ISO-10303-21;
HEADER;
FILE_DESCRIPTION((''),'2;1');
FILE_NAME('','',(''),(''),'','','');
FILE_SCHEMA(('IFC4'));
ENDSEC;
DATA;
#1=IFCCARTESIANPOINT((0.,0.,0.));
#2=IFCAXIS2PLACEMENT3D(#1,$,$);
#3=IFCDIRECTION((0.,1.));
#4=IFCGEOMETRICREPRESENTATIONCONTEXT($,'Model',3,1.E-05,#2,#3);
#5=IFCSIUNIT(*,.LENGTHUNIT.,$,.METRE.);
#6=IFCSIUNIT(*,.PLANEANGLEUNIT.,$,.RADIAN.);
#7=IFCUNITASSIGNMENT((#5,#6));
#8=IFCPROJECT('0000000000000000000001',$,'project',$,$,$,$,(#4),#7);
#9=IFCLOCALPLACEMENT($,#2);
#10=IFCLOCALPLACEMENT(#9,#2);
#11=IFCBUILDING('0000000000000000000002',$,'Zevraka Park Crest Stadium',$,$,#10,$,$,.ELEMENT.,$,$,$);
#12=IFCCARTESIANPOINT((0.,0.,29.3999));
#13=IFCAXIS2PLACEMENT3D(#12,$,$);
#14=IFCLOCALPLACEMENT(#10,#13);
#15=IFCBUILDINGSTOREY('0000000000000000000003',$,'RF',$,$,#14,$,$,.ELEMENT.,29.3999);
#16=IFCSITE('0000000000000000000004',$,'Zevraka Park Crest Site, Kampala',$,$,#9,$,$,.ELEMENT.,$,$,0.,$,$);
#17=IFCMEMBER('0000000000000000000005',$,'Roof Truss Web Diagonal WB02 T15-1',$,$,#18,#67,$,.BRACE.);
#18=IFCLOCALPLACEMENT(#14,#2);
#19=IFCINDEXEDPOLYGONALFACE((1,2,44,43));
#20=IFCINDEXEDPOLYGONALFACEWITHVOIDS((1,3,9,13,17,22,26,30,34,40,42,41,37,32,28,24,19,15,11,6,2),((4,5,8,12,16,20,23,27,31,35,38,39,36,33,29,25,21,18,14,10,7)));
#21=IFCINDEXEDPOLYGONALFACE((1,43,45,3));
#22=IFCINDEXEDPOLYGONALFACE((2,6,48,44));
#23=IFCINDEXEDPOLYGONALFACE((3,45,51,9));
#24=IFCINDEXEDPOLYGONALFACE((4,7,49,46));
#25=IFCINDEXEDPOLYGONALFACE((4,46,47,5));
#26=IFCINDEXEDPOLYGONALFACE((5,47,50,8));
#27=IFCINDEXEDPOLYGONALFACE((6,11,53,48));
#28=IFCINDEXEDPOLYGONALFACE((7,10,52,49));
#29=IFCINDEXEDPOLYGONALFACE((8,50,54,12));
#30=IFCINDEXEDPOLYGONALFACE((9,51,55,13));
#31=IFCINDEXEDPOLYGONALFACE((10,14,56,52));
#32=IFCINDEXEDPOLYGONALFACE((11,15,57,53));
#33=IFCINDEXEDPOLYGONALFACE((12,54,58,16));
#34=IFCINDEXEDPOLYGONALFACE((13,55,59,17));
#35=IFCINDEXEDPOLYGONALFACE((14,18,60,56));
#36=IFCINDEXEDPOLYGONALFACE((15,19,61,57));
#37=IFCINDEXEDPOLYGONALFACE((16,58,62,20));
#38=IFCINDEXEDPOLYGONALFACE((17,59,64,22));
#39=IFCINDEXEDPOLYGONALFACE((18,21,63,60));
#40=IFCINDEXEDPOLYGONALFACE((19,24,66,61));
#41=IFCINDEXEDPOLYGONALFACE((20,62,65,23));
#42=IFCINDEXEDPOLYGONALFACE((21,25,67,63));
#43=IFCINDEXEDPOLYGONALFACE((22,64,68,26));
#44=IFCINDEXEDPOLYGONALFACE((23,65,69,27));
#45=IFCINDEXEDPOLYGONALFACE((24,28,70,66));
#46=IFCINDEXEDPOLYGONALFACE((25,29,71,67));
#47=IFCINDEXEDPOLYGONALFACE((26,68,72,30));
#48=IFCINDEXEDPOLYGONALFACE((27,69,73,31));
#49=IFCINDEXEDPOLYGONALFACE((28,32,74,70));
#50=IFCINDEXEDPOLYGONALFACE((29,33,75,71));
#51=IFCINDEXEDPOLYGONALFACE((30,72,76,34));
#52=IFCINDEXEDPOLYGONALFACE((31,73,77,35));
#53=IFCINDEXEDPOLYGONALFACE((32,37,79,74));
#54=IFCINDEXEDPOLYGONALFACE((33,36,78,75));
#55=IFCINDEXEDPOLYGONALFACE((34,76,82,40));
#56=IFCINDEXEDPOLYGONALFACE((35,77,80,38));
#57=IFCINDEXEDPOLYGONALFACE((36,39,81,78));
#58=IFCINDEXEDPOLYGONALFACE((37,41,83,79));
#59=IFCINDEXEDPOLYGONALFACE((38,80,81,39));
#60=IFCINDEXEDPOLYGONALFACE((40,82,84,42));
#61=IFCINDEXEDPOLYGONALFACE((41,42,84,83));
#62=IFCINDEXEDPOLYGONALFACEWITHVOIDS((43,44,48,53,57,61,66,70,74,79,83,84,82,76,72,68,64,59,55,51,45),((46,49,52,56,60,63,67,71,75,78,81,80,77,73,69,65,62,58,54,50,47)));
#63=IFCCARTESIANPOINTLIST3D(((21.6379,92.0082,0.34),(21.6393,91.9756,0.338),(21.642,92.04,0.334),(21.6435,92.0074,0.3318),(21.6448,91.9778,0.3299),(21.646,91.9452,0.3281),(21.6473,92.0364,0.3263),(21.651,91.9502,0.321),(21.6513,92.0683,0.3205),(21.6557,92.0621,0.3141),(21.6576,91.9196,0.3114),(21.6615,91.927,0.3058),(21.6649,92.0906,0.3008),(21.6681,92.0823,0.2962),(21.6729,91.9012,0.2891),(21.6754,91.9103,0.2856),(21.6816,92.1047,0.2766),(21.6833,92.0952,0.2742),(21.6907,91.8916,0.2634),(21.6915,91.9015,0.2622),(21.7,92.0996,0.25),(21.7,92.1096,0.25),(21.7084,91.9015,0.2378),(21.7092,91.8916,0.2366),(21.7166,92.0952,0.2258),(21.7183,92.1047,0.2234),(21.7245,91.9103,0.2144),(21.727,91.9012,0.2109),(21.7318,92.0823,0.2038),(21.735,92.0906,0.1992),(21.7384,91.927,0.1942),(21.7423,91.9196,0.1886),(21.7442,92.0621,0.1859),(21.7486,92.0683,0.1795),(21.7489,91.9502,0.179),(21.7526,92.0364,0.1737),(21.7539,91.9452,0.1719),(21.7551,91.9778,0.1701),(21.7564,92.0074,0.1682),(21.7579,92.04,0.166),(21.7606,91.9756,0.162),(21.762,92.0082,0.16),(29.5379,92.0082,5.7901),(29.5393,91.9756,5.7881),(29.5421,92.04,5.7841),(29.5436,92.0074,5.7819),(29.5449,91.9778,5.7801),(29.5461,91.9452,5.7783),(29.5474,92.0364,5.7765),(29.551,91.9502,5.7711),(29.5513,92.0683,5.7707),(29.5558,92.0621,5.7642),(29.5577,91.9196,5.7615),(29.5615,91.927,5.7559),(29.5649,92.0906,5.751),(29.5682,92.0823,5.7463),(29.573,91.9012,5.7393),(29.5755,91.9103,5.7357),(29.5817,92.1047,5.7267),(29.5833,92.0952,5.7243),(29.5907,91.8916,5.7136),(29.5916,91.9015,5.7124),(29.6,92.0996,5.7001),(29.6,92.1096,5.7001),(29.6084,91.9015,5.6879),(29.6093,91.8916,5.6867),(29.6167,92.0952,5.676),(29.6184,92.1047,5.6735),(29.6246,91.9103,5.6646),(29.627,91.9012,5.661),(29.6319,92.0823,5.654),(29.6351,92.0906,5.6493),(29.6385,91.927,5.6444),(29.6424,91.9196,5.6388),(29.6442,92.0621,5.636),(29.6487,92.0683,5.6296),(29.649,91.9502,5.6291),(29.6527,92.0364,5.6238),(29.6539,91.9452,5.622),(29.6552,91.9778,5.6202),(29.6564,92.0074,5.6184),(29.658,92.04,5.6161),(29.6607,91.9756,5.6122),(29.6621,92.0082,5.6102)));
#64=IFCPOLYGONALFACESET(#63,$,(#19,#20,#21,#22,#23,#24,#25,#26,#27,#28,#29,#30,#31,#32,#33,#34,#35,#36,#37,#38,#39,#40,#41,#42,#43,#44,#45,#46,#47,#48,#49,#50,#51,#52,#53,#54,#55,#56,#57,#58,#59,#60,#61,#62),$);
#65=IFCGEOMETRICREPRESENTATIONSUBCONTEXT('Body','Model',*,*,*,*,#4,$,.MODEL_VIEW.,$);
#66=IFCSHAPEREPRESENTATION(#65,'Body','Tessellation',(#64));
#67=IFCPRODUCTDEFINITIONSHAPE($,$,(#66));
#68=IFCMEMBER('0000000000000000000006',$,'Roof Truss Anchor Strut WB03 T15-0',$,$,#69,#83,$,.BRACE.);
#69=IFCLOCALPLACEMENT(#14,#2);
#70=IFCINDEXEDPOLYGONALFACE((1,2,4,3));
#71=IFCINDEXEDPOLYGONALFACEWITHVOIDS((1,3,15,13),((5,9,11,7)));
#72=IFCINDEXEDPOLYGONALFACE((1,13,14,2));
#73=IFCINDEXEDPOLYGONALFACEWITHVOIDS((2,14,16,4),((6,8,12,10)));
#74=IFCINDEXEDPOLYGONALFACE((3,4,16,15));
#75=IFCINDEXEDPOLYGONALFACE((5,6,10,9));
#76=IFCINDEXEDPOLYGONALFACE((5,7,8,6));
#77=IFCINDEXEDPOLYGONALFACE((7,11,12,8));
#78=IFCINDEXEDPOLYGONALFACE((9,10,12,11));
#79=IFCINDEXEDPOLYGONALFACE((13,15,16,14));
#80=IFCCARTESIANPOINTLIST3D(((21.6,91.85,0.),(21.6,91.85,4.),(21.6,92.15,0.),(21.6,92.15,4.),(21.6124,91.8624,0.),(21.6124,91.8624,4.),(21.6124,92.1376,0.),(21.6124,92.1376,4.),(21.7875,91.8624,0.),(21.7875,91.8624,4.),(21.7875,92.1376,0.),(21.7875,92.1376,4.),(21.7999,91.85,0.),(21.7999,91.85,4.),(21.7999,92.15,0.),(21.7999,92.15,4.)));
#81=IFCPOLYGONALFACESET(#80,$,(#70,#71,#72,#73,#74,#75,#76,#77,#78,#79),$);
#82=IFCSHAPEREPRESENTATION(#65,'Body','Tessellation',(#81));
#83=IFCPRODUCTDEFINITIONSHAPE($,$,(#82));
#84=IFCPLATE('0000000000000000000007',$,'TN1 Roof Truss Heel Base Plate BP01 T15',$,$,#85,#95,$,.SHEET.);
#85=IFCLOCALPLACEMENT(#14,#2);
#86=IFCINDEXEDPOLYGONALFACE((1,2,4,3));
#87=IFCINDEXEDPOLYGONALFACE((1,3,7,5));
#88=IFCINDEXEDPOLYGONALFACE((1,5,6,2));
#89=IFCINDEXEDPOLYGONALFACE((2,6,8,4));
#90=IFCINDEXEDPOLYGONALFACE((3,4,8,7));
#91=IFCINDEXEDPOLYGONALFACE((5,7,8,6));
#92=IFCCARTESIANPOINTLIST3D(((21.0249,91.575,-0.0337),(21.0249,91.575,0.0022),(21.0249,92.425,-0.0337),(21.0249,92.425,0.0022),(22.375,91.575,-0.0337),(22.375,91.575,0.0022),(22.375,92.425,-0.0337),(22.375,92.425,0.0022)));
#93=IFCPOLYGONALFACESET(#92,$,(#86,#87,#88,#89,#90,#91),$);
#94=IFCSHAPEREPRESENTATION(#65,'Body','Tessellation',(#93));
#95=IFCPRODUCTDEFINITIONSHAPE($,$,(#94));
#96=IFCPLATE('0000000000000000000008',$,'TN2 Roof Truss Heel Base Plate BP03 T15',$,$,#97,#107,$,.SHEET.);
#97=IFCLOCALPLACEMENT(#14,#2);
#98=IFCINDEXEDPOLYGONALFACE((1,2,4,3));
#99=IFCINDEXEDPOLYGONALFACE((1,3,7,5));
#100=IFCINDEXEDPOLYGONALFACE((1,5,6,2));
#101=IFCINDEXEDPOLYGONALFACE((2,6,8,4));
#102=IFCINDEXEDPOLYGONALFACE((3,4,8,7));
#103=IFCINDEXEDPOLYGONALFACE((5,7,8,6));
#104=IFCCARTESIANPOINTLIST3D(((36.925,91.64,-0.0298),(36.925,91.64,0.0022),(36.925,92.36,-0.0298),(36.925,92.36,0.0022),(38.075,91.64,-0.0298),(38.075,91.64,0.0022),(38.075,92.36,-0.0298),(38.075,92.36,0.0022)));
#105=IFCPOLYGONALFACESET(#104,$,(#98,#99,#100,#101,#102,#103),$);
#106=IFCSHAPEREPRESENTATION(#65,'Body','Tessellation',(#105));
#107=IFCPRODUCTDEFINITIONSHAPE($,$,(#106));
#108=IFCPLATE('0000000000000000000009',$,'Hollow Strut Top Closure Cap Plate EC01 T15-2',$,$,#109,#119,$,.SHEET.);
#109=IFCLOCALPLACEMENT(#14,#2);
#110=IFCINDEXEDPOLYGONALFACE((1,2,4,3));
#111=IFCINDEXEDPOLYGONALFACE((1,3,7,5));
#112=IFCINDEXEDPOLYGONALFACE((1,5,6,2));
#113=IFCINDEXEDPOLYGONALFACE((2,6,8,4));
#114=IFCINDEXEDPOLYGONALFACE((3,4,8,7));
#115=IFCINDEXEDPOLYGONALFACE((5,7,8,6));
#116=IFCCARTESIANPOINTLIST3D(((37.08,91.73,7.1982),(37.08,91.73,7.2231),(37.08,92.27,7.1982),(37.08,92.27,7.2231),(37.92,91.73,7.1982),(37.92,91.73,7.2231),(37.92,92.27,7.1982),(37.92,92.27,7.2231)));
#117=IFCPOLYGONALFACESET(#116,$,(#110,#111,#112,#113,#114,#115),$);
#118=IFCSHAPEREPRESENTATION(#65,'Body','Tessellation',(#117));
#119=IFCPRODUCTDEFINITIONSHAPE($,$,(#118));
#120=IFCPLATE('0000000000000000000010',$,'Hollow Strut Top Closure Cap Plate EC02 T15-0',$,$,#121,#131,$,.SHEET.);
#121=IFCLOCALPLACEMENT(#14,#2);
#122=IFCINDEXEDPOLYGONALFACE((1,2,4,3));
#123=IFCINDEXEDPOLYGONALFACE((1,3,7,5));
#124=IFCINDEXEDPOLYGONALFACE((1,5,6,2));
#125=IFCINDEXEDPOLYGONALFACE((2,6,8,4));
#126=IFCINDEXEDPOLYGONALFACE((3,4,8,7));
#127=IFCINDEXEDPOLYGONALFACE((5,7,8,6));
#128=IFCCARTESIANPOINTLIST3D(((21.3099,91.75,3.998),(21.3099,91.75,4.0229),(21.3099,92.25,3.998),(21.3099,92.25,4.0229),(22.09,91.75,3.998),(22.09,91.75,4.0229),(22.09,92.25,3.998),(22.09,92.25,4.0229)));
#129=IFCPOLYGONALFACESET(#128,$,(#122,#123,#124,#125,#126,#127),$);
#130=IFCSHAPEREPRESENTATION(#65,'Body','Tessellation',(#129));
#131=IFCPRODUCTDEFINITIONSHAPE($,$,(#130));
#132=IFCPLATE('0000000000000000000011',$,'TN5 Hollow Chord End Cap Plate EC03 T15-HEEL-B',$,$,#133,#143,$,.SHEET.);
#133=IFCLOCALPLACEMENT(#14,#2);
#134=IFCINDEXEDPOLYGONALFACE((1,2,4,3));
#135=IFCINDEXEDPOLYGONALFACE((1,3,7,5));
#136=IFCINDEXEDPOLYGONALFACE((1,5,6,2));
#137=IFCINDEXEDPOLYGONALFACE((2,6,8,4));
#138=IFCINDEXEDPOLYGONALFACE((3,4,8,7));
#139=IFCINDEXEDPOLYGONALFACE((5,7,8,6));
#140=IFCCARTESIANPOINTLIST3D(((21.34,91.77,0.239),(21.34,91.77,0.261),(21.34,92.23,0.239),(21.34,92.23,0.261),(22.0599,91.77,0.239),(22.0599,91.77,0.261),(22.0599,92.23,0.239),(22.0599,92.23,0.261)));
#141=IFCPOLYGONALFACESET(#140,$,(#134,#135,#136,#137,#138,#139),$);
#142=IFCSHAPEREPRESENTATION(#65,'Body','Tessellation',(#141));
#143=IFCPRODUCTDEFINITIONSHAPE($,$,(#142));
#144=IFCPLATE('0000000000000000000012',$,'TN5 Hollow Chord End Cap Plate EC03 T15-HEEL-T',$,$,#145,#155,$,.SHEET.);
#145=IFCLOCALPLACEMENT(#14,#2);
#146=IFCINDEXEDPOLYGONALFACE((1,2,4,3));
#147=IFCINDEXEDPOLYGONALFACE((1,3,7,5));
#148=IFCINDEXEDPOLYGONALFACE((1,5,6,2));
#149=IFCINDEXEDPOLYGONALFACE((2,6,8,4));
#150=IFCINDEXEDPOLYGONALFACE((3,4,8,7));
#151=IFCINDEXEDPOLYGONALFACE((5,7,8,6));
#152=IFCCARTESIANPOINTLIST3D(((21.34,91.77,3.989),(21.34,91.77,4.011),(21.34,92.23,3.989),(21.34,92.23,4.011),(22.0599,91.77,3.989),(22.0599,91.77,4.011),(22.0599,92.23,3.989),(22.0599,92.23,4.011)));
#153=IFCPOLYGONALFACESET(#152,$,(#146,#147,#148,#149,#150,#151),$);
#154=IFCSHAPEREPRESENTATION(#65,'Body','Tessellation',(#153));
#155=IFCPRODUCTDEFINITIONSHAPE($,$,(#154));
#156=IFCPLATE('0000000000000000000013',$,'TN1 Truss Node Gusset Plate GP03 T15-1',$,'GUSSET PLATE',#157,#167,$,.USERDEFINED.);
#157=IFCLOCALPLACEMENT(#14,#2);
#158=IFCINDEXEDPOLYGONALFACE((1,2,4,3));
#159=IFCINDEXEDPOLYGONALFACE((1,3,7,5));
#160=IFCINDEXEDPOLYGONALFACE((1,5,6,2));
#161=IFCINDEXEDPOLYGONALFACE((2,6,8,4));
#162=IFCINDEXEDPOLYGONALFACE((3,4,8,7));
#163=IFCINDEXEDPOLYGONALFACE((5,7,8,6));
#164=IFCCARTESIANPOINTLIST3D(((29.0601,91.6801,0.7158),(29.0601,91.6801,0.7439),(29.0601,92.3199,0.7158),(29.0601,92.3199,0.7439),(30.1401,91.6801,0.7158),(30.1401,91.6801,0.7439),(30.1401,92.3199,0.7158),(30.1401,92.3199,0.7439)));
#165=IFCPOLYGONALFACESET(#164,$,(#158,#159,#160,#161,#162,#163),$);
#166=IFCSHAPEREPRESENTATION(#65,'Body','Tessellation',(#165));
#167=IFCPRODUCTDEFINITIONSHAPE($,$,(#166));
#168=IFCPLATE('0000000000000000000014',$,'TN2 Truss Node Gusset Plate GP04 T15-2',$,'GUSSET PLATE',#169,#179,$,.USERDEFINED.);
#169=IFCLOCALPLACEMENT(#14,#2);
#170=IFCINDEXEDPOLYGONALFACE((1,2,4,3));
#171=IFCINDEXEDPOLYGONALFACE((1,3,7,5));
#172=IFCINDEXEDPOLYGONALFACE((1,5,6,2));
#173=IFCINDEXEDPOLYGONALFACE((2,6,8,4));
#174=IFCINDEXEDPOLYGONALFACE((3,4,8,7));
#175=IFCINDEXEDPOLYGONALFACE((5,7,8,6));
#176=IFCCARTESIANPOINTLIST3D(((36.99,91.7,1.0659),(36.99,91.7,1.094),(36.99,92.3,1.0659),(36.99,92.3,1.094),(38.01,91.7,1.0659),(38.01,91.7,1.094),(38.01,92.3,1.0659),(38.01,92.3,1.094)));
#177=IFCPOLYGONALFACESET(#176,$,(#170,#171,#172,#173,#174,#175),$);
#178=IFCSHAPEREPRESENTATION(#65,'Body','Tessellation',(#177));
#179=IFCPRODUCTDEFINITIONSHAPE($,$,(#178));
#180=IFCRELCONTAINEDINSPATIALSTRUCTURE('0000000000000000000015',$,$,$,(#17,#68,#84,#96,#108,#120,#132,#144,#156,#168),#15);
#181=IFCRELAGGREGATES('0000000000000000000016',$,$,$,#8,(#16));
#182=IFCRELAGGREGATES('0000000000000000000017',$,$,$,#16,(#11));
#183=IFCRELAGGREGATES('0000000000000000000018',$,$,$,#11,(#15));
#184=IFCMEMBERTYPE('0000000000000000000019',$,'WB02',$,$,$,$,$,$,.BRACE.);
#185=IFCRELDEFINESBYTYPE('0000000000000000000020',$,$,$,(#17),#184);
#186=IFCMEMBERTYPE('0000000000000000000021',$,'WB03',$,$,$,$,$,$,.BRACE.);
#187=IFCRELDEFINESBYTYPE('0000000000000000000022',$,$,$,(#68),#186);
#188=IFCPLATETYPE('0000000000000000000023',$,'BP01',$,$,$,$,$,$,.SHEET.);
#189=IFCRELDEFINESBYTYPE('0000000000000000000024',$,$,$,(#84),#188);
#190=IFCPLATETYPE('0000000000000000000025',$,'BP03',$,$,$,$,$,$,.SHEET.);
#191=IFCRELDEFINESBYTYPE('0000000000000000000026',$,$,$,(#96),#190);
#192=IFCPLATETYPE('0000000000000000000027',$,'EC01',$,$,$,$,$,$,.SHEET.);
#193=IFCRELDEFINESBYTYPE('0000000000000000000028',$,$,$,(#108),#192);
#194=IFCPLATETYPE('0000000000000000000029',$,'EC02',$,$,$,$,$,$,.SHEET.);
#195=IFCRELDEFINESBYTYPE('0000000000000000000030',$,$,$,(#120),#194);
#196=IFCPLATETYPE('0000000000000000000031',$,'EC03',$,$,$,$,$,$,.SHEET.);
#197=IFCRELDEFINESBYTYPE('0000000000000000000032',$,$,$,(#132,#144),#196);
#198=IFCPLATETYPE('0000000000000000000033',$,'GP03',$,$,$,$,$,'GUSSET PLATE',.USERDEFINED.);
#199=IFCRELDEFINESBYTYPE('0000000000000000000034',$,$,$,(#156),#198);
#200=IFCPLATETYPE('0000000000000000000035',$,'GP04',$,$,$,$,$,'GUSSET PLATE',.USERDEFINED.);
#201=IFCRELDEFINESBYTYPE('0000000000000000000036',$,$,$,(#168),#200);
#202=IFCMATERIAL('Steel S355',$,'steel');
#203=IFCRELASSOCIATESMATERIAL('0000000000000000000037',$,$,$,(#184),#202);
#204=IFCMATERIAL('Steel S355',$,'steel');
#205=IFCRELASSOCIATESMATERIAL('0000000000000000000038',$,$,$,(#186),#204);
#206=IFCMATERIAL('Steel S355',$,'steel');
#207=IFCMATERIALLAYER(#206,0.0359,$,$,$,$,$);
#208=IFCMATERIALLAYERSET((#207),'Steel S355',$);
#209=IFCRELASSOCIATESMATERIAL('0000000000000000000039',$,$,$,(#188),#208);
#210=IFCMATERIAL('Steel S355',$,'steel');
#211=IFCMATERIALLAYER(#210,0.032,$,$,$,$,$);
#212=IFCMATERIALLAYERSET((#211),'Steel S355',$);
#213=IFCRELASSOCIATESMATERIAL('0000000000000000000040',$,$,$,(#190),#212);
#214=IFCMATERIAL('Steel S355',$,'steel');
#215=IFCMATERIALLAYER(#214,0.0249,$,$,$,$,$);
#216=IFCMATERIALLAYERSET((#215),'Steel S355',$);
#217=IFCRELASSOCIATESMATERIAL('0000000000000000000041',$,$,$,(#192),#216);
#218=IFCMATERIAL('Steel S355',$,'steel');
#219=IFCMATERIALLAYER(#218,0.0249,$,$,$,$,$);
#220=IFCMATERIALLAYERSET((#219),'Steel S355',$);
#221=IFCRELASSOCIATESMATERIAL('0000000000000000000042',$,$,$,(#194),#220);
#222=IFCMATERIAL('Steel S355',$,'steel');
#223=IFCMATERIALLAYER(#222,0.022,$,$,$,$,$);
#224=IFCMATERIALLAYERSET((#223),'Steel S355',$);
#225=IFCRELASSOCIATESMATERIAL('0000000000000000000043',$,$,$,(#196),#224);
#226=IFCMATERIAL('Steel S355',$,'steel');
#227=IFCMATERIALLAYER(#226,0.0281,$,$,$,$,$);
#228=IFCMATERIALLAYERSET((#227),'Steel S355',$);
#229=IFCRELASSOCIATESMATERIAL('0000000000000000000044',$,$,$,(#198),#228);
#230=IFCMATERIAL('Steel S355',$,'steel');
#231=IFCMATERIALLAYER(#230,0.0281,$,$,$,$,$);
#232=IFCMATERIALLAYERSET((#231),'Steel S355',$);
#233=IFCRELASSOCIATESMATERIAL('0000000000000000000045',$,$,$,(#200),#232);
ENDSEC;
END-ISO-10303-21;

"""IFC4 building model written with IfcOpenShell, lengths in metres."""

from ifc_helpers import new_model, si_unit, direction, frame, origin, origin_2d, place, context, subcontext, project, spatial, rectangle, hollow_rectangle, hollow_circle, extrude, material, layer, layer_set, material_profile, profile_set, type_object, element, save


model = new_model("IFC4")

# Units and contexts
model_context = context("Model", 3, precision=1e-05, world=origin(), true_north=direction((0.0, 1.0)))
body_context = subcontext(model_context, "Body", "Model", "MODEL_VIEW")
ifc_project = project(units=[si_unit("LENGTHUNIT", "METRE"), si_unit("PLANEANGLEUNIT", "RADIAN")], contexts=[model_context])

# Site, building, storey
site_placement = place(None, origin())
site = spatial("IfcSite", under=ifc_project, at=site_placement, Name="Zevraka Park Crest Site, Kampala", CompositionType="ELEMENT", RefElevation=0.0)
building_placement = place(site_placement, origin())
building = spatial("IfcBuilding", under=site, at=building_placement, Name="Zevraka Park Crest Stadium", CompositionType="ELEMENT")
storey_placement = place(building_placement, frame((0.0, 0.0, 29.3999)))
storey = spatial("IfcBuildingStorey", under=building, at=storey_placement, Name="RF", CompositionType="ELEMENT", Elevation=29.3999)

# Members
ifc_material_1 = material(Name="Steel S355", Category="steel")
ifc_material_profile_1 = material_profile(ifc_material_1, hollow_circle(Radius=0.1096, WallThickness=0.01, at=origin_2d()), Name="CHS 219.1x10")
ifc_profile_set_1 = profile_set([ifc_material_profile_1], Name="Steel S355")
member_type_1 = type_object("IfcMemberType", Name="WB02", PredefinedType="BRACE", material=ifc_profile_set_1)
member_1_placement = place(storey_placement, frame((21.7, 92.0, 0.25), z_axis=(0.823124, 0.0, 0.567861), x_axis=(0.0, 1.0, 0.0)))
element("IfcMember", 1, at=member_1_placement, inside=storey, type_object=member_type_1, Name="Roof Truss Web Diagonal WB02 T15-1", PredefinedType="BRACE", context=body_context, shape_type="SweptSolid", body=[
    extrude(hollow_circle(Radius=0.1096, WallThickness=0.01, at=origin_2d()), origin(), (0.0, 0.0, 1.0), 9.5977),
])
ifc_material_2 = material(Name="Steel S355", Category="steel")
ifc_material_profile_2 = material_profile(ifc_material_2, hollow_rectangle(XDim=0.2, YDim=0.3, WallThickness=0.0125, at=origin_2d()), Name="RHS 300x200x12.5")
ifc_profile_set_2 = profile_set([ifc_material_profile_2], Name="Steel S355")
member_type_2 = type_object("IfcMemberType", Name="WB03", PredefinedType="BRACE", material=ifc_profile_set_2)
member_2_placement = place(storey_placement, frame((21.7, 92.0, 0.0), z_axis=(0.0, 0.0, 1.0), x_axis=(1.0, 0.0, 0.0)))
element("IfcMember", 2, at=member_2_placement, inside=storey, type_object=member_type_2, Name="Roof Truss Anchor Strut WB03 T15-0", PredefinedType="BRACE", context=body_context, shape_type="SweptSolid", body=[
    extrude(hollow_rectangle(XDim=0.2, YDim=0.3, WallThickness=0.0125, at=origin_2d()), origin(), (0.0, 0.0, 1.0), 4.0),
])

# Plates
ifc_material_3 = material(Name="Steel S355", Category="steel")
ifc_layer_1 = layer(ifc_material_3, 0.0359)
ifc_layer_set_1 = layer_set([ifc_layer_1], Name="Steel S355")
plate_type_1 = type_object("IfcPlateType", Name="BP01", PredefinedType="SHEET", material=ifc_layer_set_1)
plate_1_placement = place(storey_placement, frame((21.7, 92.0, -0.0337), z_axis=(0.0, 0.0, 1.0), x_axis=(1.0, 0.0, 0.0)))
element("IfcPlate", 3, at=plate_1_placement, inside=storey, type_object=plate_type_1, Name="TN1 Roof Truss Heel Base Plate BP01 T15", PredefinedType="SHEET", context=body_context, shape_type="SweptSolid", body=[
    extrude(rectangle(XDim=1.3501, YDim=0.8501, at=origin_2d()), origin(), (0.0, 0.0, 1.0), 0.0359),
])
ifc_material_4 = material(Name="Steel S355", Category="steel")
ifc_layer_2 = layer(ifc_material_4, 0.032)
ifc_layer_set_2 = layer_set([ifc_layer_2], Name="Steel S355")
plate_type_2 = type_object("IfcPlateType", Name="BP03", PredefinedType="SHEET", material=ifc_layer_set_2)
plate_2_placement = place(storey_placement, frame((37.5, 92.0, -0.0298), z_axis=(0.0, 0.0, 1.0), x_axis=(1.0, 0.0, 0.0)))
element("IfcPlate", 4, at=plate_2_placement, inside=storey, type_object=plate_type_2, Name="TN2 Roof Truss Heel Base Plate BP03 T15", PredefinedType="SHEET", context=body_context, shape_type="SweptSolid", body=[
    extrude(rectangle(XDim=1.1499, YDim=0.72, at=origin_2d()), origin(), (0.0, 0.0, 1.0), 0.032),
])
ifc_material_5 = material(Name="Steel S355", Category="steel")
ifc_layer_3 = layer(ifc_material_5, 0.0249)
ifc_layer_set_3 = layer_set([ifc_layer_3], Name="Steel S355")
plate_type_3 = type_object("IfcPlateType", Name="EC01", PredefinedType="SHEET", material=ifc_layer_set_3)
plate_3_placement = place(storey_placement, frame((37.5, 92.0, 7.1982), z_axis=(0.0, 0.0, 1.0), x_axis=(1.0, 0.0, 0.0)))
element("IfcPlate", 5, at=plate_3_placement, inside=storey, type_object=plate_type_3, Name="Hollow Strut Top Closure Cap Plate EC01 T15-2", PredefinedType="SHEET", context=body_context, shape_type="SweptSolid", body=[
    extrude(rectangle(XDim=0.8401, YDim=0.54, at=origin_2d()), origin(), (0.0, 0.0, 1.0), 0.0249),
])
ifc_material_6 = material(Name="Steel S355", Category="steel")
ifc_layer_4 = layer(ifc_material_6, 0.0249)
ifc_layer_set_4 = layer_set([ifc_layer_4], Name="Steel S355")
plate_type_4 = type_object("IfcPlateType", Name="EC02", PredefinedType="SHEET", material=ifc_layer_set_4)
plate_4_placement = place(storey_placement, frame((21.7, 92.0, 3.998), z_axis=(0.0, 0.0, 1.0), x_axis=(1.0, 0.0, 0.0)))
element("IfcPlate", 6, at=plate_4_placement, inside=storey, type_object=plate_type_4, Name="Hollow Strut Top Closure Cap Plate EC02 T15-0", PredefinedType="SHEET", context=body_context, shape_type="SweptSolid", body=[
    extrude(rectangle(XDim=0.78, YDim=0.5, at=origin_2d()), origin(), (0.0, 0.0, 1.0), 0.0249),
])
ifc_material_7 = material(Name="Steel S355", Category="steel")
ifc_layer_5 = layer(ifc_material_7, 0.022)
ifc_layer_set_5 = layer_set([ifc_layer_5], Name="Steel S355")
plate_type_5 = type_object("IfcPlateType", Name="EC03", PredefinedType="SHEET", material=ifc_layer_set_5)
for number, where, z_axis, x_axis, name in (
    (7, (21.7, 92.0, 0.239), (0.0, 0.0, 1.0), (1.0, 0.0, 0.0), "TN5 Hollow Chord End Cap Plate EC03 T15-HEEL-B"),
    (8, (21.7, 92.0, 3.989), (0.0, 0.0, 1.0), (1.0, 0.0, 0.0), "TN5 Hollow Chord End Cap Plate EC03 T15-HEEL-T"),
):
    element("IfcPlate", number, at=place(storey_placement, frame(where, z_axis=z_axis, x_axis=x_axis)), inside=storey, type_object=plate_type_5, Name=name, PredefinedType="SHEET", context=body_context, shape_type="SweptSolid", body=[
        extrude(rectangle(XDim=0.72, YDim=0.46, at=origin_2d()), origin(), (0.0, 0.0, 1.0), 0.022),
    ])
ifc_material_8 = material(Name="Steel S355", Category="steel")
ifc_layer_6 = layer(ifc_material_8, 0.0281)
ifc_layer_set_6 = layer_set([ifc_layer_6], Name="Steel S355")
plate_type_6 = type_object("IfcPlateType", Name="GP03", ElementType="GUSSET PLATE", PredefinedType="USERDEFINED", material=ifc_layer_set_6)
plate_5_placement = place(storey_placement, frame((29.6001, 92.0, 0.7158), z_axis=(0.0, 0.0, 1.0), x_axis=(1.0, 0.0, 0.0)))
element("IfcPlate", 9, at=plate_5_placement, inside=storey, type_object=plate_type_6, Name="TN1 Truss Node Gusset Plate GP03 T15-1", ObjectType="GUSSET PLATE", PredefinedType="USERDEFINED", context=body_context, shape_type="SweptSolid", body=[
    extrude(rectangle(XDim=1.0801, YDim=0.6399, at=origin_2d()), origin(), (0.0, 0.0, 1.0), 0.0281),
])
ifc_material_9 = material(Name="Steel S355", Category="steel")
ifc_layer_7 = layer(ifc_material_9, 0.0281)
ifc_layer_set_7 = layer_set([ifc_layer_7], Name="Steel S355")
plate_type_7 = type_object("IfcPlateType", Name="GP04", ElementType="GUSSET PLATE", PredefinedType="USERDEFINED", material=ifc_layer_set_7)
plate_6_placement = place(storey_placement, frame((37.5, 92.0, 1.0659), z_axis=(0.0, 0.0, 1.0), x_axis=(1.0, 0.0, 0.0)))
element("IfcPlate", 10, at=plate_6_placement, inside=storey, type_object=plate_type_7, Name="TN2 Truss Node Gusset Plate GP04 T15-2", ObjectType="GUSSET PLATE", PredefinedType="USERDEFINED", context=body_context, shape_type="SweptSolid", body=[
    extrude(rectangle(XDim=1.02, YDim=0.6001, at=origin_2d()), origin(), (0.0, 0.0, 1.0), 0.0281),
])

save(model, "model.ifc")
